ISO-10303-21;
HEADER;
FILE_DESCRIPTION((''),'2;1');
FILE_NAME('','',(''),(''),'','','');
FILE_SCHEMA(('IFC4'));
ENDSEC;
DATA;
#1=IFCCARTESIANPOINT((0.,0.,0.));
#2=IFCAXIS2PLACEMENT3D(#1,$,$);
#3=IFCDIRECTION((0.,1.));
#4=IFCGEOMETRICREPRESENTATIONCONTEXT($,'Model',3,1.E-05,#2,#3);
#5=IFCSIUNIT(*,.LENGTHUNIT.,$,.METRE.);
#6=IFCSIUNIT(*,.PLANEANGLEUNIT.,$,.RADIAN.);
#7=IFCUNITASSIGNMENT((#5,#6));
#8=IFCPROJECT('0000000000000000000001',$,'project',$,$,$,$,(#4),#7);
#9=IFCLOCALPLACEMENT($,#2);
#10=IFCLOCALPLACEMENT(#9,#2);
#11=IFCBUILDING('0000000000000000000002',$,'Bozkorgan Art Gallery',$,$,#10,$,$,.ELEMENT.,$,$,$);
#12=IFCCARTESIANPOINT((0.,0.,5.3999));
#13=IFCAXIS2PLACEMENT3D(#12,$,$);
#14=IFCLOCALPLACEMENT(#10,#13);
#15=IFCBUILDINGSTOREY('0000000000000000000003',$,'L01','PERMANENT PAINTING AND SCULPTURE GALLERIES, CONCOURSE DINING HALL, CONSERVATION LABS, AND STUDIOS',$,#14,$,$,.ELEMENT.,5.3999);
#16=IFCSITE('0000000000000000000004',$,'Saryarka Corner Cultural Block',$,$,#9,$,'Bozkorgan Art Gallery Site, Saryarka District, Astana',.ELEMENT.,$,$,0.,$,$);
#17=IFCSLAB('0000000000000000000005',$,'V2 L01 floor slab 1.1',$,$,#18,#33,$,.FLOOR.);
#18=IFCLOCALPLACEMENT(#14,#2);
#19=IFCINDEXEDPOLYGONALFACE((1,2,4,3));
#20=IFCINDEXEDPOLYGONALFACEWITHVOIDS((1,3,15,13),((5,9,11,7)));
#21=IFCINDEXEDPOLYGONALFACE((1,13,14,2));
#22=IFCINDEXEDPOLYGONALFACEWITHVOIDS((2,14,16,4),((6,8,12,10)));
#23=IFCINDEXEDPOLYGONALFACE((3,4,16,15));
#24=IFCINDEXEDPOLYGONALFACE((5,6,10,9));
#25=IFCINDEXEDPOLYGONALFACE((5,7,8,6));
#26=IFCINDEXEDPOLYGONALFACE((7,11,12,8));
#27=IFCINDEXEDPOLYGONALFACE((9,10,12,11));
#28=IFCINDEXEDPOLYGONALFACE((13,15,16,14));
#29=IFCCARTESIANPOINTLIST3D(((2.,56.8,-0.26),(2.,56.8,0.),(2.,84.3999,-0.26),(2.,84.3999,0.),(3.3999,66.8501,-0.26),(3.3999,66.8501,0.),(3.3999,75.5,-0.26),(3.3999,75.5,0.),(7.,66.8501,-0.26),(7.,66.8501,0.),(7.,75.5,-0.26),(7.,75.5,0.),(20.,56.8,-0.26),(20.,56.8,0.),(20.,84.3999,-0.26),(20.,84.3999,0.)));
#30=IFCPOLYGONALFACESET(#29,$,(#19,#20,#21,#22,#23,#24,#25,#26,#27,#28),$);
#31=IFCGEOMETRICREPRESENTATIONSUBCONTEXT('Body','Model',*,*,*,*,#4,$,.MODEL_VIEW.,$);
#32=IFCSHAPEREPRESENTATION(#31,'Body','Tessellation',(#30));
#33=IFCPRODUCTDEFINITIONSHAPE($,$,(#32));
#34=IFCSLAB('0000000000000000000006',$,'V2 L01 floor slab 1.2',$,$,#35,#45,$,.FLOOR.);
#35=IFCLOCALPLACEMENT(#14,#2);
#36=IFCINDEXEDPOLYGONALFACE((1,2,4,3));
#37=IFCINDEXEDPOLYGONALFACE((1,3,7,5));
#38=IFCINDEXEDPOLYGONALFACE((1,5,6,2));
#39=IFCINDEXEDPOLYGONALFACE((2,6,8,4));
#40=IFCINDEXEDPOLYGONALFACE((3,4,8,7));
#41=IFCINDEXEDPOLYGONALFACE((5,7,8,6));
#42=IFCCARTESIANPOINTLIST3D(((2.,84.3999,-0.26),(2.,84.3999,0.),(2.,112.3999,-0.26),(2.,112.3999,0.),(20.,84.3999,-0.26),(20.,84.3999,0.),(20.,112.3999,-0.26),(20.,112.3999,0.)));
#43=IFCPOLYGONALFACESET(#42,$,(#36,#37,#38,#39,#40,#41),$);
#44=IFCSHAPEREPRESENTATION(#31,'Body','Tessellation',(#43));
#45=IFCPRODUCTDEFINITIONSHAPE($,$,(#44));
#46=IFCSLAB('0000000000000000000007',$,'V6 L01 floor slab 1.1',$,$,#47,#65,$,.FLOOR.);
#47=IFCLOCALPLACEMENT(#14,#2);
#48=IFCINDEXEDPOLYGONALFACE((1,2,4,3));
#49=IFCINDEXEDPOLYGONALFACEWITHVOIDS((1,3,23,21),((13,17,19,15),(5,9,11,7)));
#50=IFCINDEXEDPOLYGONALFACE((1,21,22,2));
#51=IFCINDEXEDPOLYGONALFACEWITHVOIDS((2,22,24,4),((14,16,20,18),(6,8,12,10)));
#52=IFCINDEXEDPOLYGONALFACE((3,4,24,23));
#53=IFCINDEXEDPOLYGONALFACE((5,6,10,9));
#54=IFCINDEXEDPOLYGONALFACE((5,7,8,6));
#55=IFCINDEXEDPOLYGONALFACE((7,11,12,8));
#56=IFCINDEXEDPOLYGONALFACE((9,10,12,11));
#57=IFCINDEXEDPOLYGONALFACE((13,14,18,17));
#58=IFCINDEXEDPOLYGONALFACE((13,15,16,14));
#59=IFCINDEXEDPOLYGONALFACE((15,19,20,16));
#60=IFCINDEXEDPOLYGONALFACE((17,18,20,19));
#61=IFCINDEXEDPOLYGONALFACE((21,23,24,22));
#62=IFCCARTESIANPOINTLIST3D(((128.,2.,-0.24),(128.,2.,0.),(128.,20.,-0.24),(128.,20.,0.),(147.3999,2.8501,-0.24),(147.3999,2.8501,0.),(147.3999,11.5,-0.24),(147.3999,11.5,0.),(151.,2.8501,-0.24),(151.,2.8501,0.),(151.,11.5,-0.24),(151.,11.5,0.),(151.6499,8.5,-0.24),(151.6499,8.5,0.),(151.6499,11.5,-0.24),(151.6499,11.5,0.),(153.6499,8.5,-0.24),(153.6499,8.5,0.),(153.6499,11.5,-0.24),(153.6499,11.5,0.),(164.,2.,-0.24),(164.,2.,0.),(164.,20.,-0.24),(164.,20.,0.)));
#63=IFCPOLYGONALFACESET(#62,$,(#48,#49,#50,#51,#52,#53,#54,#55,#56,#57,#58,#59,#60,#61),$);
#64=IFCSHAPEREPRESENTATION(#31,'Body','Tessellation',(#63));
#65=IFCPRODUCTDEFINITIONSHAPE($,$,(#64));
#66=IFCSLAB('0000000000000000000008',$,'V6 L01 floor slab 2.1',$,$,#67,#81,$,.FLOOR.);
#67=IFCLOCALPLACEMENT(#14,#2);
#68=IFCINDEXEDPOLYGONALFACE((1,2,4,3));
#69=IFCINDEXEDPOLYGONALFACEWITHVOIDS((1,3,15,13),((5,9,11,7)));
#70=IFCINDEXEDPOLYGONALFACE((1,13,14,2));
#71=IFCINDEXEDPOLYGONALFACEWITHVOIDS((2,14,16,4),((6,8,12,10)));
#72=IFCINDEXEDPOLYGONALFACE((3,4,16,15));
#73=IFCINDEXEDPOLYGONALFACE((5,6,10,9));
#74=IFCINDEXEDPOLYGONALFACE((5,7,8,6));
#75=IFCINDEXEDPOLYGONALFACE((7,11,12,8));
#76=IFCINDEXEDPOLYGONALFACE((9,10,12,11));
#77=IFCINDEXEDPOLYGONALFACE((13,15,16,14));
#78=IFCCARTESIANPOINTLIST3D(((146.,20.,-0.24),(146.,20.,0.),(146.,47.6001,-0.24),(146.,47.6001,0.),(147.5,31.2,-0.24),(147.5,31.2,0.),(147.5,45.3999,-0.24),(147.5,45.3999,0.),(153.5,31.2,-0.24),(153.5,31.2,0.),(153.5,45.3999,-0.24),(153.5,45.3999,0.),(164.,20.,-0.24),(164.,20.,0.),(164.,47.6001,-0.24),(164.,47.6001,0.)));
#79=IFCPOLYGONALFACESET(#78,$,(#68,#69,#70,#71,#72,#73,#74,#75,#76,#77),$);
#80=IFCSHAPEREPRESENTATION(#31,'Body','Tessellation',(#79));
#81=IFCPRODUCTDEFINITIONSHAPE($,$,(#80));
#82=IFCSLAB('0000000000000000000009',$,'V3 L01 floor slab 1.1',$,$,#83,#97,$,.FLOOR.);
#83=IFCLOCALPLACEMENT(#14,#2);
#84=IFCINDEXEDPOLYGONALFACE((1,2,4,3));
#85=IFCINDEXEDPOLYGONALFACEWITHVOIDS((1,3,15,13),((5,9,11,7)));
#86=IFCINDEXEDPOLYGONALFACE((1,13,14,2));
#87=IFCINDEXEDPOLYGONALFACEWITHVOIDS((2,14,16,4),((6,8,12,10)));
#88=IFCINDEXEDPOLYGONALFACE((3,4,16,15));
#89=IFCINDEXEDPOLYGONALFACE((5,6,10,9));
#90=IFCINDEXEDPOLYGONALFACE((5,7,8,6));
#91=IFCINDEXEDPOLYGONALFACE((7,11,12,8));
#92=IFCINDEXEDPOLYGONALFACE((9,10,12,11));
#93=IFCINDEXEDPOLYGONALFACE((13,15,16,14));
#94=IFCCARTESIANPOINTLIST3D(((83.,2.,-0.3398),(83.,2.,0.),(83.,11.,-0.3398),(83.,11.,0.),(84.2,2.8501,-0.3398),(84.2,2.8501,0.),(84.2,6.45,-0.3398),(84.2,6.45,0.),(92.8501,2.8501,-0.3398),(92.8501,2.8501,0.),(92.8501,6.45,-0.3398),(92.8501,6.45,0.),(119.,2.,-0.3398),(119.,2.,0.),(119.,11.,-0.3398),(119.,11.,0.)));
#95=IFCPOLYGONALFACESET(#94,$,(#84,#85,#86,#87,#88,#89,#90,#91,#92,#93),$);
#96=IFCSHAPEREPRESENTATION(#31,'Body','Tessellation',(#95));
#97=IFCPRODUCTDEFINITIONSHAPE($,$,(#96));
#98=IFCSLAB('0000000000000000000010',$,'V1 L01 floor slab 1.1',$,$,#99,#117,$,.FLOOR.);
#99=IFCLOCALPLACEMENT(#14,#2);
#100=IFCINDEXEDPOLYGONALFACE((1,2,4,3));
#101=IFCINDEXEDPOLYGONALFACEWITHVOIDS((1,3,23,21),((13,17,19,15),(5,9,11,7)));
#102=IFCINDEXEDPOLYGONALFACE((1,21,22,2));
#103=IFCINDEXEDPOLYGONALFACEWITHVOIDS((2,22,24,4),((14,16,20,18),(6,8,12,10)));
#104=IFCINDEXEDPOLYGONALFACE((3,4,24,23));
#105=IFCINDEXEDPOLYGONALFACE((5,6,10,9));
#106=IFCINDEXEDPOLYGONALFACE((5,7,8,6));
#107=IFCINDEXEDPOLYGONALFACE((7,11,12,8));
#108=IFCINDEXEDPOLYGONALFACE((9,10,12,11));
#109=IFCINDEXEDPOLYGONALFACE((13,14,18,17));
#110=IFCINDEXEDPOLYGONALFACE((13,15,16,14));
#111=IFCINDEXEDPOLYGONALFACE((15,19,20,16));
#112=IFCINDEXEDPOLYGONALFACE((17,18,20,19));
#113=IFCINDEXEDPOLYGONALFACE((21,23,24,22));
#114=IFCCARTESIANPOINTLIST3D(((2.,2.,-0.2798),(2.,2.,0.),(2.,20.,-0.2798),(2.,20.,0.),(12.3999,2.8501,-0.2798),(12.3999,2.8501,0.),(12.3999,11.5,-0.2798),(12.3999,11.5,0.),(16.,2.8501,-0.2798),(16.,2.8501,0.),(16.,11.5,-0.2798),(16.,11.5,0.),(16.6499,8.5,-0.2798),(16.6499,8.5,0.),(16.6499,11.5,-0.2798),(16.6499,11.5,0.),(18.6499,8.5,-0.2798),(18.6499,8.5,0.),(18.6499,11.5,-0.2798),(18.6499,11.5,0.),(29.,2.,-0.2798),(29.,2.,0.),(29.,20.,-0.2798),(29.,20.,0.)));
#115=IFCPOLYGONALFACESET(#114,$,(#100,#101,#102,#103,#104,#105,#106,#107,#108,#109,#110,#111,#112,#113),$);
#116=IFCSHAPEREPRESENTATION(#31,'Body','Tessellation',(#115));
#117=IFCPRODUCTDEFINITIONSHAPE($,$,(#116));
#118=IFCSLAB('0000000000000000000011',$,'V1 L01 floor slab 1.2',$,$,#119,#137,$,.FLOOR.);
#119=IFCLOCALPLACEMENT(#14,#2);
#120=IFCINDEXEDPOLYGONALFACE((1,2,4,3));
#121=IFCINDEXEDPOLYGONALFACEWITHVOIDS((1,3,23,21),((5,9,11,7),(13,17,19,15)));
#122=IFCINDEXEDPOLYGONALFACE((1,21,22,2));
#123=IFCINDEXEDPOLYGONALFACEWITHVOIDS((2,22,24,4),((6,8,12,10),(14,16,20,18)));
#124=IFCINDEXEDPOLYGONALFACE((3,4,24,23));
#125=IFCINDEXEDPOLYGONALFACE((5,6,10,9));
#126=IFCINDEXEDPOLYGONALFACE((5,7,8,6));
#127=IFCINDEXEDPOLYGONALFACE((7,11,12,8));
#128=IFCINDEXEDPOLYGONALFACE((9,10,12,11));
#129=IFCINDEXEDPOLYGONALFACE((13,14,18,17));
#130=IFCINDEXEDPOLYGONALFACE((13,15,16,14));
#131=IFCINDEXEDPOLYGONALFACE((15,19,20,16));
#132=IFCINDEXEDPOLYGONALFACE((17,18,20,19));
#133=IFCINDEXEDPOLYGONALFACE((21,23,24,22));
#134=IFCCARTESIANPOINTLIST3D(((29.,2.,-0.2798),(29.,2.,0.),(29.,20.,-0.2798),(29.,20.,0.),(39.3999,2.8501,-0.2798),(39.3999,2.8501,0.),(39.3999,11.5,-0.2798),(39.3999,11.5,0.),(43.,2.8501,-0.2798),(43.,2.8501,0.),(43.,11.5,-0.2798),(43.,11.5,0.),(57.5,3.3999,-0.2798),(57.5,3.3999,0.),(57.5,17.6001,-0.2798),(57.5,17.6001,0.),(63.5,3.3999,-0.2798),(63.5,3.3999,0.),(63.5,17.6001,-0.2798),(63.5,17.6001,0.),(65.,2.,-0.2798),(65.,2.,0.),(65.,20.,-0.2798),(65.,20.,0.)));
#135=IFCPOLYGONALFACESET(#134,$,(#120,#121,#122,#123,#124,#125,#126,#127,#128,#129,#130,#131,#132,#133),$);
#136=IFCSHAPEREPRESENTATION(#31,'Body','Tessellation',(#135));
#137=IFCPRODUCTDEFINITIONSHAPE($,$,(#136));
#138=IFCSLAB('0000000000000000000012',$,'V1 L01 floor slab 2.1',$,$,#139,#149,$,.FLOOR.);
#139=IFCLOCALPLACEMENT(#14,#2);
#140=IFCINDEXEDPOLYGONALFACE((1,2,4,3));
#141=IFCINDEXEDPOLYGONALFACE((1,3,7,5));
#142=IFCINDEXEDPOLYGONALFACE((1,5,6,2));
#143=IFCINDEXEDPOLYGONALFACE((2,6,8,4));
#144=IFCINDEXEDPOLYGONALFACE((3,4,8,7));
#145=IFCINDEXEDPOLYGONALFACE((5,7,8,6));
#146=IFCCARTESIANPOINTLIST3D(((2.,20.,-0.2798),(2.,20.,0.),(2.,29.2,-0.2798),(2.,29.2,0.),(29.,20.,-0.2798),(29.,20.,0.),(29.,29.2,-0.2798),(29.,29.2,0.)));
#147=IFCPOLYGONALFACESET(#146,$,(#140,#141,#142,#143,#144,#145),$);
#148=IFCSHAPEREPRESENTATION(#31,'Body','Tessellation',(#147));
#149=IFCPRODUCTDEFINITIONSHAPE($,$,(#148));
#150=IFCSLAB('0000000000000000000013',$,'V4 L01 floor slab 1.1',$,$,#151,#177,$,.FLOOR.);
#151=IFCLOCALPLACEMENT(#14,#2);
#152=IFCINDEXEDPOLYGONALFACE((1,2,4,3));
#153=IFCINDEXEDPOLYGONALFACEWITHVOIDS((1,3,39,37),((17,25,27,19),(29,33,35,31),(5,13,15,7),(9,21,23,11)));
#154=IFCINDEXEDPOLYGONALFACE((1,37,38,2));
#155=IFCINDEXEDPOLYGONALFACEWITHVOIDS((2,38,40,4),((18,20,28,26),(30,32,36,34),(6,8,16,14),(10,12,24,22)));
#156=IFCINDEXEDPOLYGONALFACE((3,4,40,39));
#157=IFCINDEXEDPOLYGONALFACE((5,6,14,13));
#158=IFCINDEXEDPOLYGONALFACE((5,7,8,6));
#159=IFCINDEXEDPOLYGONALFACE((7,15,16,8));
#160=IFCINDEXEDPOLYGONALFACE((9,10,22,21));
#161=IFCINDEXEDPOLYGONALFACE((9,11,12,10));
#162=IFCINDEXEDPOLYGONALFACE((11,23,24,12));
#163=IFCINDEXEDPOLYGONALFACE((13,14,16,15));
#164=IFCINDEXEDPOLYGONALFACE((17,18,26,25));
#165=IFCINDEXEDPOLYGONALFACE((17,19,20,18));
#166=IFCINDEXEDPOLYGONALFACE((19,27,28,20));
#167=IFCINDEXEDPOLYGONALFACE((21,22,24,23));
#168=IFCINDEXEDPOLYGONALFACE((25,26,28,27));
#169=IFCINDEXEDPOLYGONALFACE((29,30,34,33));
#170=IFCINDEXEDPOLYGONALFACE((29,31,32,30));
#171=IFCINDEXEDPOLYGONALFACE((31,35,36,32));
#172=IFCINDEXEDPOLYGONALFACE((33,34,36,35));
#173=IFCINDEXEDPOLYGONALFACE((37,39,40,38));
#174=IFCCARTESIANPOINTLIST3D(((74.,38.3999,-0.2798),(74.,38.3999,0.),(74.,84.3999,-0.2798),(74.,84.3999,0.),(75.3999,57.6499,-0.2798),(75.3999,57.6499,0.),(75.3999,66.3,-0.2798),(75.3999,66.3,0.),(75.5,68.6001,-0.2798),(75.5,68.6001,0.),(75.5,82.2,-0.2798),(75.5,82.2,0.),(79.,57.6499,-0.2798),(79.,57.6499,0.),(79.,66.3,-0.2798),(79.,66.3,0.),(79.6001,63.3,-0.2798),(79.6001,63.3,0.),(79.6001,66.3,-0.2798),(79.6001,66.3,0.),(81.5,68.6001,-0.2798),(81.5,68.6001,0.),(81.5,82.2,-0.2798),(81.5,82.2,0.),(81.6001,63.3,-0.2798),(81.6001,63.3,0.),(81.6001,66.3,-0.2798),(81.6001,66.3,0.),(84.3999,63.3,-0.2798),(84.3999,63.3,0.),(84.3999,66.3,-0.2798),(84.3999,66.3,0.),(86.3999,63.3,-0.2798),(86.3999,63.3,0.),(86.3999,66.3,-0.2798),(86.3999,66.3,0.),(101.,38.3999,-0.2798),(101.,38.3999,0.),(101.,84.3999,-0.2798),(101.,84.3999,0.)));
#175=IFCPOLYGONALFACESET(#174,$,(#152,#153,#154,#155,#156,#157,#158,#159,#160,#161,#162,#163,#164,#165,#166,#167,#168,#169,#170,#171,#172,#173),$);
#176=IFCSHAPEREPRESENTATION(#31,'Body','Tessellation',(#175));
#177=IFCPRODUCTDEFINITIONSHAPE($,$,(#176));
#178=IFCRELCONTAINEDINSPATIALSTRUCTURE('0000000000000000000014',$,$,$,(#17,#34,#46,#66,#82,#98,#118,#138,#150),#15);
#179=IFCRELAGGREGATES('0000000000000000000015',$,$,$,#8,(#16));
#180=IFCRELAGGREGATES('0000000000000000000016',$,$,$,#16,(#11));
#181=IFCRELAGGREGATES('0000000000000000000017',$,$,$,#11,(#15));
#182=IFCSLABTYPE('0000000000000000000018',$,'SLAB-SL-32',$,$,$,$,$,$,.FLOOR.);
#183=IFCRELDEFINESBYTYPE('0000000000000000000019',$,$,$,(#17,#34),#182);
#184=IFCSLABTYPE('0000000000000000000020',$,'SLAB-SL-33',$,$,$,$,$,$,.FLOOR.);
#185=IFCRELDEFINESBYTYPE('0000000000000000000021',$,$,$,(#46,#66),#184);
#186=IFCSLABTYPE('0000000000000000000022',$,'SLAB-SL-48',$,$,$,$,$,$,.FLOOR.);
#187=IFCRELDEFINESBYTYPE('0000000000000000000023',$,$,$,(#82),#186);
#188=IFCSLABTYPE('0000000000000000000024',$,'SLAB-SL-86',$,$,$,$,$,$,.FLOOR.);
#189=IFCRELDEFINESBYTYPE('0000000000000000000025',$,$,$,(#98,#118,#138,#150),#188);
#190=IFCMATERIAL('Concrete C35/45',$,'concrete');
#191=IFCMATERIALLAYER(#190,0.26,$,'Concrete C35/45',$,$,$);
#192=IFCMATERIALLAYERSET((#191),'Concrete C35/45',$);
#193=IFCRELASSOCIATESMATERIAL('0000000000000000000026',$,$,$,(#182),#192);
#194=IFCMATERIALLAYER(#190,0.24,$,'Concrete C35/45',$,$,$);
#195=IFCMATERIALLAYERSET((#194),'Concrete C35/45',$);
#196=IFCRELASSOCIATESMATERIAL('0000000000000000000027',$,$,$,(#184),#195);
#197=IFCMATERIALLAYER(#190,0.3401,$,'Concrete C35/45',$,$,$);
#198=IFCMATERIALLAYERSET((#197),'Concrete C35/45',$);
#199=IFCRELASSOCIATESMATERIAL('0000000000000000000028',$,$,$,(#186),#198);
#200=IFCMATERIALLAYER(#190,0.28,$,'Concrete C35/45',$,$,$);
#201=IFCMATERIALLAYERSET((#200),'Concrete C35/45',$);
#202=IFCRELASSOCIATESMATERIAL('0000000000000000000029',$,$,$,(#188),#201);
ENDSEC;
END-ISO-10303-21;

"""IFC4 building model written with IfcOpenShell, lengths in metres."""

from ifc_helpers import new_model, si_unit, direction, frame, origin, place, context, subcontext, project, spatial, polyline, outline, extrude, material, layer, layer_set, type_object, element, save


model = new_model("IFC4")

# Units and contexts
model_context = context("Model", 3, precision=1e-05, world=origin(), true_north=direction((0.0, 1.0)))
body_context = subcontext(model_context, "Body", "Model", "MODEL_VIEW")
ifc_project = project(units=[si_unit("LENGTHUNIT", "METRE"), si_unit("PLANEANGLEUNIT", "RADIAN")], contexts=[model_context])

# Site, building, storey
site_placement = place(None, origin())
site = spatial("IfcSite", under=ifc_project, at=site_placement, Name="Saryarka Corner Cultural Block", LongName="Bozkorgan Art Gallery Site, Saryarka District, Astana", CompositionType="ELEMENT", RefElevation=0.0)
building_placement = place(site_placement, origin())
building = spatial("IfcBuilding", under=site, at=building_placement, Name="Bozkorgan Art Gallery", CompositionType="ELEMENT")
storey_placement = place(building_placement, frame((0.0, 0.0, 5.3999)))
storey = spatial("IfcBuildingStorey", under=building, at=storey_placement, Name="L01", Description="PERMANENT PAINTING AND SCULPTURE GALLERIES, CONCOURSE DINING HALL, CONSERVATION LABS, AND STUDIOS", CompositionType="ELEMENT", Elevation=5.3999)

# Shared definitions
ifc_material_1 = material(Name="Concrete C35/45", Category="concrete")

# Slabs
ifc_layer_1 = layer(ifc_material_1, 0.26, Name="Concrete C35/45")
ifc_layer_set_1 = layer_set([ifc_layer_1], Name="Concrete C35/45")
slab_type_1 = type_object("IfcSlabType", Name="SLAB-SL-32", PredefinedType="FLOOR", material=ifc_layer_set_1)
slab_1_placement = place(storey_placement, frame((0.0, 0.0, -0.26)))
element("IfcSlab", 1, at=slab_1_placement, inside=storey, type_object=slab_type_1, Name="V2 L01 floor slab 1.1", PredefinedType="FLOOR", context=body_context, shape_type="SweptSolid", body=[
    extrude(outline(polyline([(2.0, 56.8), (20.0, 56.8), (20.0, 84.3999), (2.0, 84.3999), (2.0, 56.8)]), holes=[polyline([(3.3999, 66.8501), (7.0, 66.8501), (7.0, 75.5), (3.3999, 75.5), (3.3999, 66.8501)])]), origin(), (0.0, 0.0, 1.0), 0.26),
])
slab_2_placement = place(storey_placement, frame((0.0, 0.0, -0.26)))
element("IfcSlab", 2, at=slab_2_placement, inside=storey, type_object=slab_type_1, Name="V2 L01 floor slab 1.2", PredefinedType="FLOOR", context=body_context, shape_type="SweptSolid", body=[
    extrude(outline(polyline([(2.0, 84.3999), (20.0, 84.3999), (20.0, 112.3999), (2.0, 112.3999), (2.0, 84.3999)])), origin(), (0.0, 0.0, 1.0), 0.26),
])
ifc_layer_2 = layer(ifc_material_1, 0.24, Name="Concrete C35/45")
ifc_layer_set_2 = layer_set([ifc_layer_2], Name="Concrete C35/45")
slab_type_2 = type_object("IfcSlabType", Name="SLAB-SL-33", PredefinedType="FLOOR", material=ifc_layer_set_2)
slab_3_placement = place(storey_placement, frame((0.0, 0.0, -0.24)))
element("IfcSlab", 3, at=slab_3_placement, inside=storey, type_object=slab_type_2, Name="V6 L01 floor slab 1.1", PredefinedType="FLOOR", context=body_context, shape_type="SweptSolid", body=[
    extrude(outline(polyline([(128.0, 2.0), (164.0, 2.0), (164.0, 20.0), (128.0, 20.0), (128.0, 2.0)]), holes=[polyline([(147.3999, 2.8501), (151.0, 2.8501), (151.0, 11.5), (147.3999, 11.5), (147.3999, 2.8501)]), polyline([(151.6499, 8.5), (153.6499, 8.5), (153.6499, 11.5), (151.6499, 11.5), (151.6499, 8.5)])]), origin(), (0.0, 0.0, 1.0), 0.24),
])
slab_4_placement = place(storey_placement, frame((0.0, 0.0, -0.24)))
element("IfcSlab", 4, at=slab_4_placement, inside=storey, type_object=slab_type_2, Name="V6 L01 floor slab 2.1", PredefinedType="FLOOR", context=body_context, shape_type="SweptSolid", body=[
    extrude(outline(polyline([(146.0, 20.0), (164.0, 20.0), (164.0, 47.6001), (146.0, 47.6001), (146.0, 20.0)]), holes=[polyline([(147.5, 31.2), (153.5, 31.2), (153.5, 45.3999), (147.5, 45.3999), (147.5, 31.2)])]), origin(), (0.0, 0.0, 1.0), 0.24),
])
ifc_layer_3 = layer(ifc_material_1, 0.3401, Name="Concrete C35/45")
ifc_layer_set_3 = layer_set([ifc_layer_3], Name="Concrete C35/45")
slab_type_3 = type_object("IfcSlabType", Name="SLAB-SL-48", PredefinedType="FLOOR", material=ifc_layer_set_3)
slab_5_placement = place(storey_placement, frame((0.0, 0.0, -0.3398)))
element("IfcSlab", 5, at=slab_5_placement, inside=storey, type_object=slab_type_3, Name="V3 L01 floor slab 1.1", PredefinedType="FLOOR", context=body_context, shape_type="SweptSolid", body=[
    extrude(outline(polyline([(83.0, 2.0), (119.0, 2.0), (119.0, 11.0), (83.0, 11.0), (83.0, 2.0)]), holes=[polyline([(84.2, 2.8501), (92.8501, 2.8501), (92.8501, 6.45), (84.2, 6.45), (84.2, 2.8501)])]), origin(), (0.0, 0.0, 1.0), 0.3398),
])
ifc_layer_4 = layer(ifc_material_1, 0.28, Name="Concrete C35/45")
ifc_layer_set_4 = layer_set([ifc_layer_4], Name="Concrete C35/45")
slab_type_4 = type_object("IfcSlabType", Name="SLAB-SL-86", PredefinedType="FLOOR", material=ifc_layer_set_4)
slab_6_placement = place(storey_placement, frame((0.0, 0.0, -0.2798)))
element("IfcSlab", 6, at=slab_6_placement, inside=storey, type_object=slab_type_4, Name="V1 L01 floor slab 1.1", PredefinedType="FLOOR", context=body_context, shape_type="SweptSolid", body=[
    extrude(outline(polyline([(2.0, 2.0), (29.0, 2.0), (29.0, 20.0), (2.0, 20.0), (2.0, 2.0)]), holes=[polyline([(12.3999, 2.8501), (16.0, 2.8501), (16.0, 11.5), (12.3999, 11.5), (12.3999, 2.8501)]), polyline([(16.6499, 8.5), (18.6499, 8.5), (18.6499, 11.5), (16.6499, 11.5), (16.6499, 8.5)])]), origin(), (0.0, 0.0, 1.0), 0.2798),
])
slab_7_placement = place(storey_placement, frame((0.0, 0.0, -0.2798)))
element("IfcSlab", 7, at=slab_7_placement, inside=storey, type_object=slab_type_4, Name="V1 L01 floor slab 1.2", PredefinedType="FLOOR", context=body_context, shape_type="SweptSolid", body=[
    extrude(outline(polyline([(29.0, 2.0), (65.0, 2.0), (65.0, 20.0), (29.0, 20.0), (29.0, 2.0)]), holes=[polyline([(39.3999, 2.8501), (43.0, 2.8501), (43.0, 11.5), (39.3999, 11.5), (39.3999, 2.8501)]), polyline([(57.5, 3.3999), (63.5, 3.3999), (63.5, 17.6001), (57.5, 17.6001), (57.5, 3.3999)])]), origin(), (0.0, 0.0, 1.0), 0.2798),
])
slab_8_placement = place(storey_placement, frame((0.0, 0.0, -0.2798)))
element("IfcSlab", 8, at=slab_8_placement, inside=storey, type_object=slab_type_4, Name="V1 L01 floor slab 2.1", PredefinedType="FLOOR", context=body_context, shape_type="SweptSolid", body=[
    extrude(outline(polyline([(2.0, 20.0), (29.0, 20.0), (29.0, 29.2), (2.0, 29.2), (2.0, 20.0)])), origin(), (0.0, 0.0, 1.0), 0.2798),
])
slab_9_placement = place(storey_placement, frame((0.0, 0.0, -0.2798)))
element("IfcSlab", 9, at=slab_9_placement, inside=storey, type_object=slab_type_4, Name="V4 L01 floor slab 1.1", PredefinedType="FLOOR", context=body_context, shape_type="SweptSolid", body=[
    extrude(outline(polyline([(74.0, 38.3999), (101.0, 38.3999), (101.0, 84.3999), (74.0, 84.3999), (74.0, 38.3999)]), holes=[polyline([(75.3999, 57.6499), (79.0, 57.6499), (79.0, 66.3), (75.3999, 66.3), (75.3999, 57.6499)]), polyline([(79.6001, 63.3), (81.6001, 63.3), (81.6001, 66.3), (79.6001, 66.3), (79.6001, 63.3)]), polyline([(84.3999, 63.3), (86.3999, 63.3), (86.3999, 66.3), (84.3999, 66.3), (84.3999, 63.3)]), polyline([(75.5, 68.6001), (81.5, 68.6001), (81.5, 82.2), (75.5, 82.2), (75.5, 68.6001)])]), origin(), (0.0, 0.0, 1.0), 0.2798),
])

save(model, "model.ifc")
